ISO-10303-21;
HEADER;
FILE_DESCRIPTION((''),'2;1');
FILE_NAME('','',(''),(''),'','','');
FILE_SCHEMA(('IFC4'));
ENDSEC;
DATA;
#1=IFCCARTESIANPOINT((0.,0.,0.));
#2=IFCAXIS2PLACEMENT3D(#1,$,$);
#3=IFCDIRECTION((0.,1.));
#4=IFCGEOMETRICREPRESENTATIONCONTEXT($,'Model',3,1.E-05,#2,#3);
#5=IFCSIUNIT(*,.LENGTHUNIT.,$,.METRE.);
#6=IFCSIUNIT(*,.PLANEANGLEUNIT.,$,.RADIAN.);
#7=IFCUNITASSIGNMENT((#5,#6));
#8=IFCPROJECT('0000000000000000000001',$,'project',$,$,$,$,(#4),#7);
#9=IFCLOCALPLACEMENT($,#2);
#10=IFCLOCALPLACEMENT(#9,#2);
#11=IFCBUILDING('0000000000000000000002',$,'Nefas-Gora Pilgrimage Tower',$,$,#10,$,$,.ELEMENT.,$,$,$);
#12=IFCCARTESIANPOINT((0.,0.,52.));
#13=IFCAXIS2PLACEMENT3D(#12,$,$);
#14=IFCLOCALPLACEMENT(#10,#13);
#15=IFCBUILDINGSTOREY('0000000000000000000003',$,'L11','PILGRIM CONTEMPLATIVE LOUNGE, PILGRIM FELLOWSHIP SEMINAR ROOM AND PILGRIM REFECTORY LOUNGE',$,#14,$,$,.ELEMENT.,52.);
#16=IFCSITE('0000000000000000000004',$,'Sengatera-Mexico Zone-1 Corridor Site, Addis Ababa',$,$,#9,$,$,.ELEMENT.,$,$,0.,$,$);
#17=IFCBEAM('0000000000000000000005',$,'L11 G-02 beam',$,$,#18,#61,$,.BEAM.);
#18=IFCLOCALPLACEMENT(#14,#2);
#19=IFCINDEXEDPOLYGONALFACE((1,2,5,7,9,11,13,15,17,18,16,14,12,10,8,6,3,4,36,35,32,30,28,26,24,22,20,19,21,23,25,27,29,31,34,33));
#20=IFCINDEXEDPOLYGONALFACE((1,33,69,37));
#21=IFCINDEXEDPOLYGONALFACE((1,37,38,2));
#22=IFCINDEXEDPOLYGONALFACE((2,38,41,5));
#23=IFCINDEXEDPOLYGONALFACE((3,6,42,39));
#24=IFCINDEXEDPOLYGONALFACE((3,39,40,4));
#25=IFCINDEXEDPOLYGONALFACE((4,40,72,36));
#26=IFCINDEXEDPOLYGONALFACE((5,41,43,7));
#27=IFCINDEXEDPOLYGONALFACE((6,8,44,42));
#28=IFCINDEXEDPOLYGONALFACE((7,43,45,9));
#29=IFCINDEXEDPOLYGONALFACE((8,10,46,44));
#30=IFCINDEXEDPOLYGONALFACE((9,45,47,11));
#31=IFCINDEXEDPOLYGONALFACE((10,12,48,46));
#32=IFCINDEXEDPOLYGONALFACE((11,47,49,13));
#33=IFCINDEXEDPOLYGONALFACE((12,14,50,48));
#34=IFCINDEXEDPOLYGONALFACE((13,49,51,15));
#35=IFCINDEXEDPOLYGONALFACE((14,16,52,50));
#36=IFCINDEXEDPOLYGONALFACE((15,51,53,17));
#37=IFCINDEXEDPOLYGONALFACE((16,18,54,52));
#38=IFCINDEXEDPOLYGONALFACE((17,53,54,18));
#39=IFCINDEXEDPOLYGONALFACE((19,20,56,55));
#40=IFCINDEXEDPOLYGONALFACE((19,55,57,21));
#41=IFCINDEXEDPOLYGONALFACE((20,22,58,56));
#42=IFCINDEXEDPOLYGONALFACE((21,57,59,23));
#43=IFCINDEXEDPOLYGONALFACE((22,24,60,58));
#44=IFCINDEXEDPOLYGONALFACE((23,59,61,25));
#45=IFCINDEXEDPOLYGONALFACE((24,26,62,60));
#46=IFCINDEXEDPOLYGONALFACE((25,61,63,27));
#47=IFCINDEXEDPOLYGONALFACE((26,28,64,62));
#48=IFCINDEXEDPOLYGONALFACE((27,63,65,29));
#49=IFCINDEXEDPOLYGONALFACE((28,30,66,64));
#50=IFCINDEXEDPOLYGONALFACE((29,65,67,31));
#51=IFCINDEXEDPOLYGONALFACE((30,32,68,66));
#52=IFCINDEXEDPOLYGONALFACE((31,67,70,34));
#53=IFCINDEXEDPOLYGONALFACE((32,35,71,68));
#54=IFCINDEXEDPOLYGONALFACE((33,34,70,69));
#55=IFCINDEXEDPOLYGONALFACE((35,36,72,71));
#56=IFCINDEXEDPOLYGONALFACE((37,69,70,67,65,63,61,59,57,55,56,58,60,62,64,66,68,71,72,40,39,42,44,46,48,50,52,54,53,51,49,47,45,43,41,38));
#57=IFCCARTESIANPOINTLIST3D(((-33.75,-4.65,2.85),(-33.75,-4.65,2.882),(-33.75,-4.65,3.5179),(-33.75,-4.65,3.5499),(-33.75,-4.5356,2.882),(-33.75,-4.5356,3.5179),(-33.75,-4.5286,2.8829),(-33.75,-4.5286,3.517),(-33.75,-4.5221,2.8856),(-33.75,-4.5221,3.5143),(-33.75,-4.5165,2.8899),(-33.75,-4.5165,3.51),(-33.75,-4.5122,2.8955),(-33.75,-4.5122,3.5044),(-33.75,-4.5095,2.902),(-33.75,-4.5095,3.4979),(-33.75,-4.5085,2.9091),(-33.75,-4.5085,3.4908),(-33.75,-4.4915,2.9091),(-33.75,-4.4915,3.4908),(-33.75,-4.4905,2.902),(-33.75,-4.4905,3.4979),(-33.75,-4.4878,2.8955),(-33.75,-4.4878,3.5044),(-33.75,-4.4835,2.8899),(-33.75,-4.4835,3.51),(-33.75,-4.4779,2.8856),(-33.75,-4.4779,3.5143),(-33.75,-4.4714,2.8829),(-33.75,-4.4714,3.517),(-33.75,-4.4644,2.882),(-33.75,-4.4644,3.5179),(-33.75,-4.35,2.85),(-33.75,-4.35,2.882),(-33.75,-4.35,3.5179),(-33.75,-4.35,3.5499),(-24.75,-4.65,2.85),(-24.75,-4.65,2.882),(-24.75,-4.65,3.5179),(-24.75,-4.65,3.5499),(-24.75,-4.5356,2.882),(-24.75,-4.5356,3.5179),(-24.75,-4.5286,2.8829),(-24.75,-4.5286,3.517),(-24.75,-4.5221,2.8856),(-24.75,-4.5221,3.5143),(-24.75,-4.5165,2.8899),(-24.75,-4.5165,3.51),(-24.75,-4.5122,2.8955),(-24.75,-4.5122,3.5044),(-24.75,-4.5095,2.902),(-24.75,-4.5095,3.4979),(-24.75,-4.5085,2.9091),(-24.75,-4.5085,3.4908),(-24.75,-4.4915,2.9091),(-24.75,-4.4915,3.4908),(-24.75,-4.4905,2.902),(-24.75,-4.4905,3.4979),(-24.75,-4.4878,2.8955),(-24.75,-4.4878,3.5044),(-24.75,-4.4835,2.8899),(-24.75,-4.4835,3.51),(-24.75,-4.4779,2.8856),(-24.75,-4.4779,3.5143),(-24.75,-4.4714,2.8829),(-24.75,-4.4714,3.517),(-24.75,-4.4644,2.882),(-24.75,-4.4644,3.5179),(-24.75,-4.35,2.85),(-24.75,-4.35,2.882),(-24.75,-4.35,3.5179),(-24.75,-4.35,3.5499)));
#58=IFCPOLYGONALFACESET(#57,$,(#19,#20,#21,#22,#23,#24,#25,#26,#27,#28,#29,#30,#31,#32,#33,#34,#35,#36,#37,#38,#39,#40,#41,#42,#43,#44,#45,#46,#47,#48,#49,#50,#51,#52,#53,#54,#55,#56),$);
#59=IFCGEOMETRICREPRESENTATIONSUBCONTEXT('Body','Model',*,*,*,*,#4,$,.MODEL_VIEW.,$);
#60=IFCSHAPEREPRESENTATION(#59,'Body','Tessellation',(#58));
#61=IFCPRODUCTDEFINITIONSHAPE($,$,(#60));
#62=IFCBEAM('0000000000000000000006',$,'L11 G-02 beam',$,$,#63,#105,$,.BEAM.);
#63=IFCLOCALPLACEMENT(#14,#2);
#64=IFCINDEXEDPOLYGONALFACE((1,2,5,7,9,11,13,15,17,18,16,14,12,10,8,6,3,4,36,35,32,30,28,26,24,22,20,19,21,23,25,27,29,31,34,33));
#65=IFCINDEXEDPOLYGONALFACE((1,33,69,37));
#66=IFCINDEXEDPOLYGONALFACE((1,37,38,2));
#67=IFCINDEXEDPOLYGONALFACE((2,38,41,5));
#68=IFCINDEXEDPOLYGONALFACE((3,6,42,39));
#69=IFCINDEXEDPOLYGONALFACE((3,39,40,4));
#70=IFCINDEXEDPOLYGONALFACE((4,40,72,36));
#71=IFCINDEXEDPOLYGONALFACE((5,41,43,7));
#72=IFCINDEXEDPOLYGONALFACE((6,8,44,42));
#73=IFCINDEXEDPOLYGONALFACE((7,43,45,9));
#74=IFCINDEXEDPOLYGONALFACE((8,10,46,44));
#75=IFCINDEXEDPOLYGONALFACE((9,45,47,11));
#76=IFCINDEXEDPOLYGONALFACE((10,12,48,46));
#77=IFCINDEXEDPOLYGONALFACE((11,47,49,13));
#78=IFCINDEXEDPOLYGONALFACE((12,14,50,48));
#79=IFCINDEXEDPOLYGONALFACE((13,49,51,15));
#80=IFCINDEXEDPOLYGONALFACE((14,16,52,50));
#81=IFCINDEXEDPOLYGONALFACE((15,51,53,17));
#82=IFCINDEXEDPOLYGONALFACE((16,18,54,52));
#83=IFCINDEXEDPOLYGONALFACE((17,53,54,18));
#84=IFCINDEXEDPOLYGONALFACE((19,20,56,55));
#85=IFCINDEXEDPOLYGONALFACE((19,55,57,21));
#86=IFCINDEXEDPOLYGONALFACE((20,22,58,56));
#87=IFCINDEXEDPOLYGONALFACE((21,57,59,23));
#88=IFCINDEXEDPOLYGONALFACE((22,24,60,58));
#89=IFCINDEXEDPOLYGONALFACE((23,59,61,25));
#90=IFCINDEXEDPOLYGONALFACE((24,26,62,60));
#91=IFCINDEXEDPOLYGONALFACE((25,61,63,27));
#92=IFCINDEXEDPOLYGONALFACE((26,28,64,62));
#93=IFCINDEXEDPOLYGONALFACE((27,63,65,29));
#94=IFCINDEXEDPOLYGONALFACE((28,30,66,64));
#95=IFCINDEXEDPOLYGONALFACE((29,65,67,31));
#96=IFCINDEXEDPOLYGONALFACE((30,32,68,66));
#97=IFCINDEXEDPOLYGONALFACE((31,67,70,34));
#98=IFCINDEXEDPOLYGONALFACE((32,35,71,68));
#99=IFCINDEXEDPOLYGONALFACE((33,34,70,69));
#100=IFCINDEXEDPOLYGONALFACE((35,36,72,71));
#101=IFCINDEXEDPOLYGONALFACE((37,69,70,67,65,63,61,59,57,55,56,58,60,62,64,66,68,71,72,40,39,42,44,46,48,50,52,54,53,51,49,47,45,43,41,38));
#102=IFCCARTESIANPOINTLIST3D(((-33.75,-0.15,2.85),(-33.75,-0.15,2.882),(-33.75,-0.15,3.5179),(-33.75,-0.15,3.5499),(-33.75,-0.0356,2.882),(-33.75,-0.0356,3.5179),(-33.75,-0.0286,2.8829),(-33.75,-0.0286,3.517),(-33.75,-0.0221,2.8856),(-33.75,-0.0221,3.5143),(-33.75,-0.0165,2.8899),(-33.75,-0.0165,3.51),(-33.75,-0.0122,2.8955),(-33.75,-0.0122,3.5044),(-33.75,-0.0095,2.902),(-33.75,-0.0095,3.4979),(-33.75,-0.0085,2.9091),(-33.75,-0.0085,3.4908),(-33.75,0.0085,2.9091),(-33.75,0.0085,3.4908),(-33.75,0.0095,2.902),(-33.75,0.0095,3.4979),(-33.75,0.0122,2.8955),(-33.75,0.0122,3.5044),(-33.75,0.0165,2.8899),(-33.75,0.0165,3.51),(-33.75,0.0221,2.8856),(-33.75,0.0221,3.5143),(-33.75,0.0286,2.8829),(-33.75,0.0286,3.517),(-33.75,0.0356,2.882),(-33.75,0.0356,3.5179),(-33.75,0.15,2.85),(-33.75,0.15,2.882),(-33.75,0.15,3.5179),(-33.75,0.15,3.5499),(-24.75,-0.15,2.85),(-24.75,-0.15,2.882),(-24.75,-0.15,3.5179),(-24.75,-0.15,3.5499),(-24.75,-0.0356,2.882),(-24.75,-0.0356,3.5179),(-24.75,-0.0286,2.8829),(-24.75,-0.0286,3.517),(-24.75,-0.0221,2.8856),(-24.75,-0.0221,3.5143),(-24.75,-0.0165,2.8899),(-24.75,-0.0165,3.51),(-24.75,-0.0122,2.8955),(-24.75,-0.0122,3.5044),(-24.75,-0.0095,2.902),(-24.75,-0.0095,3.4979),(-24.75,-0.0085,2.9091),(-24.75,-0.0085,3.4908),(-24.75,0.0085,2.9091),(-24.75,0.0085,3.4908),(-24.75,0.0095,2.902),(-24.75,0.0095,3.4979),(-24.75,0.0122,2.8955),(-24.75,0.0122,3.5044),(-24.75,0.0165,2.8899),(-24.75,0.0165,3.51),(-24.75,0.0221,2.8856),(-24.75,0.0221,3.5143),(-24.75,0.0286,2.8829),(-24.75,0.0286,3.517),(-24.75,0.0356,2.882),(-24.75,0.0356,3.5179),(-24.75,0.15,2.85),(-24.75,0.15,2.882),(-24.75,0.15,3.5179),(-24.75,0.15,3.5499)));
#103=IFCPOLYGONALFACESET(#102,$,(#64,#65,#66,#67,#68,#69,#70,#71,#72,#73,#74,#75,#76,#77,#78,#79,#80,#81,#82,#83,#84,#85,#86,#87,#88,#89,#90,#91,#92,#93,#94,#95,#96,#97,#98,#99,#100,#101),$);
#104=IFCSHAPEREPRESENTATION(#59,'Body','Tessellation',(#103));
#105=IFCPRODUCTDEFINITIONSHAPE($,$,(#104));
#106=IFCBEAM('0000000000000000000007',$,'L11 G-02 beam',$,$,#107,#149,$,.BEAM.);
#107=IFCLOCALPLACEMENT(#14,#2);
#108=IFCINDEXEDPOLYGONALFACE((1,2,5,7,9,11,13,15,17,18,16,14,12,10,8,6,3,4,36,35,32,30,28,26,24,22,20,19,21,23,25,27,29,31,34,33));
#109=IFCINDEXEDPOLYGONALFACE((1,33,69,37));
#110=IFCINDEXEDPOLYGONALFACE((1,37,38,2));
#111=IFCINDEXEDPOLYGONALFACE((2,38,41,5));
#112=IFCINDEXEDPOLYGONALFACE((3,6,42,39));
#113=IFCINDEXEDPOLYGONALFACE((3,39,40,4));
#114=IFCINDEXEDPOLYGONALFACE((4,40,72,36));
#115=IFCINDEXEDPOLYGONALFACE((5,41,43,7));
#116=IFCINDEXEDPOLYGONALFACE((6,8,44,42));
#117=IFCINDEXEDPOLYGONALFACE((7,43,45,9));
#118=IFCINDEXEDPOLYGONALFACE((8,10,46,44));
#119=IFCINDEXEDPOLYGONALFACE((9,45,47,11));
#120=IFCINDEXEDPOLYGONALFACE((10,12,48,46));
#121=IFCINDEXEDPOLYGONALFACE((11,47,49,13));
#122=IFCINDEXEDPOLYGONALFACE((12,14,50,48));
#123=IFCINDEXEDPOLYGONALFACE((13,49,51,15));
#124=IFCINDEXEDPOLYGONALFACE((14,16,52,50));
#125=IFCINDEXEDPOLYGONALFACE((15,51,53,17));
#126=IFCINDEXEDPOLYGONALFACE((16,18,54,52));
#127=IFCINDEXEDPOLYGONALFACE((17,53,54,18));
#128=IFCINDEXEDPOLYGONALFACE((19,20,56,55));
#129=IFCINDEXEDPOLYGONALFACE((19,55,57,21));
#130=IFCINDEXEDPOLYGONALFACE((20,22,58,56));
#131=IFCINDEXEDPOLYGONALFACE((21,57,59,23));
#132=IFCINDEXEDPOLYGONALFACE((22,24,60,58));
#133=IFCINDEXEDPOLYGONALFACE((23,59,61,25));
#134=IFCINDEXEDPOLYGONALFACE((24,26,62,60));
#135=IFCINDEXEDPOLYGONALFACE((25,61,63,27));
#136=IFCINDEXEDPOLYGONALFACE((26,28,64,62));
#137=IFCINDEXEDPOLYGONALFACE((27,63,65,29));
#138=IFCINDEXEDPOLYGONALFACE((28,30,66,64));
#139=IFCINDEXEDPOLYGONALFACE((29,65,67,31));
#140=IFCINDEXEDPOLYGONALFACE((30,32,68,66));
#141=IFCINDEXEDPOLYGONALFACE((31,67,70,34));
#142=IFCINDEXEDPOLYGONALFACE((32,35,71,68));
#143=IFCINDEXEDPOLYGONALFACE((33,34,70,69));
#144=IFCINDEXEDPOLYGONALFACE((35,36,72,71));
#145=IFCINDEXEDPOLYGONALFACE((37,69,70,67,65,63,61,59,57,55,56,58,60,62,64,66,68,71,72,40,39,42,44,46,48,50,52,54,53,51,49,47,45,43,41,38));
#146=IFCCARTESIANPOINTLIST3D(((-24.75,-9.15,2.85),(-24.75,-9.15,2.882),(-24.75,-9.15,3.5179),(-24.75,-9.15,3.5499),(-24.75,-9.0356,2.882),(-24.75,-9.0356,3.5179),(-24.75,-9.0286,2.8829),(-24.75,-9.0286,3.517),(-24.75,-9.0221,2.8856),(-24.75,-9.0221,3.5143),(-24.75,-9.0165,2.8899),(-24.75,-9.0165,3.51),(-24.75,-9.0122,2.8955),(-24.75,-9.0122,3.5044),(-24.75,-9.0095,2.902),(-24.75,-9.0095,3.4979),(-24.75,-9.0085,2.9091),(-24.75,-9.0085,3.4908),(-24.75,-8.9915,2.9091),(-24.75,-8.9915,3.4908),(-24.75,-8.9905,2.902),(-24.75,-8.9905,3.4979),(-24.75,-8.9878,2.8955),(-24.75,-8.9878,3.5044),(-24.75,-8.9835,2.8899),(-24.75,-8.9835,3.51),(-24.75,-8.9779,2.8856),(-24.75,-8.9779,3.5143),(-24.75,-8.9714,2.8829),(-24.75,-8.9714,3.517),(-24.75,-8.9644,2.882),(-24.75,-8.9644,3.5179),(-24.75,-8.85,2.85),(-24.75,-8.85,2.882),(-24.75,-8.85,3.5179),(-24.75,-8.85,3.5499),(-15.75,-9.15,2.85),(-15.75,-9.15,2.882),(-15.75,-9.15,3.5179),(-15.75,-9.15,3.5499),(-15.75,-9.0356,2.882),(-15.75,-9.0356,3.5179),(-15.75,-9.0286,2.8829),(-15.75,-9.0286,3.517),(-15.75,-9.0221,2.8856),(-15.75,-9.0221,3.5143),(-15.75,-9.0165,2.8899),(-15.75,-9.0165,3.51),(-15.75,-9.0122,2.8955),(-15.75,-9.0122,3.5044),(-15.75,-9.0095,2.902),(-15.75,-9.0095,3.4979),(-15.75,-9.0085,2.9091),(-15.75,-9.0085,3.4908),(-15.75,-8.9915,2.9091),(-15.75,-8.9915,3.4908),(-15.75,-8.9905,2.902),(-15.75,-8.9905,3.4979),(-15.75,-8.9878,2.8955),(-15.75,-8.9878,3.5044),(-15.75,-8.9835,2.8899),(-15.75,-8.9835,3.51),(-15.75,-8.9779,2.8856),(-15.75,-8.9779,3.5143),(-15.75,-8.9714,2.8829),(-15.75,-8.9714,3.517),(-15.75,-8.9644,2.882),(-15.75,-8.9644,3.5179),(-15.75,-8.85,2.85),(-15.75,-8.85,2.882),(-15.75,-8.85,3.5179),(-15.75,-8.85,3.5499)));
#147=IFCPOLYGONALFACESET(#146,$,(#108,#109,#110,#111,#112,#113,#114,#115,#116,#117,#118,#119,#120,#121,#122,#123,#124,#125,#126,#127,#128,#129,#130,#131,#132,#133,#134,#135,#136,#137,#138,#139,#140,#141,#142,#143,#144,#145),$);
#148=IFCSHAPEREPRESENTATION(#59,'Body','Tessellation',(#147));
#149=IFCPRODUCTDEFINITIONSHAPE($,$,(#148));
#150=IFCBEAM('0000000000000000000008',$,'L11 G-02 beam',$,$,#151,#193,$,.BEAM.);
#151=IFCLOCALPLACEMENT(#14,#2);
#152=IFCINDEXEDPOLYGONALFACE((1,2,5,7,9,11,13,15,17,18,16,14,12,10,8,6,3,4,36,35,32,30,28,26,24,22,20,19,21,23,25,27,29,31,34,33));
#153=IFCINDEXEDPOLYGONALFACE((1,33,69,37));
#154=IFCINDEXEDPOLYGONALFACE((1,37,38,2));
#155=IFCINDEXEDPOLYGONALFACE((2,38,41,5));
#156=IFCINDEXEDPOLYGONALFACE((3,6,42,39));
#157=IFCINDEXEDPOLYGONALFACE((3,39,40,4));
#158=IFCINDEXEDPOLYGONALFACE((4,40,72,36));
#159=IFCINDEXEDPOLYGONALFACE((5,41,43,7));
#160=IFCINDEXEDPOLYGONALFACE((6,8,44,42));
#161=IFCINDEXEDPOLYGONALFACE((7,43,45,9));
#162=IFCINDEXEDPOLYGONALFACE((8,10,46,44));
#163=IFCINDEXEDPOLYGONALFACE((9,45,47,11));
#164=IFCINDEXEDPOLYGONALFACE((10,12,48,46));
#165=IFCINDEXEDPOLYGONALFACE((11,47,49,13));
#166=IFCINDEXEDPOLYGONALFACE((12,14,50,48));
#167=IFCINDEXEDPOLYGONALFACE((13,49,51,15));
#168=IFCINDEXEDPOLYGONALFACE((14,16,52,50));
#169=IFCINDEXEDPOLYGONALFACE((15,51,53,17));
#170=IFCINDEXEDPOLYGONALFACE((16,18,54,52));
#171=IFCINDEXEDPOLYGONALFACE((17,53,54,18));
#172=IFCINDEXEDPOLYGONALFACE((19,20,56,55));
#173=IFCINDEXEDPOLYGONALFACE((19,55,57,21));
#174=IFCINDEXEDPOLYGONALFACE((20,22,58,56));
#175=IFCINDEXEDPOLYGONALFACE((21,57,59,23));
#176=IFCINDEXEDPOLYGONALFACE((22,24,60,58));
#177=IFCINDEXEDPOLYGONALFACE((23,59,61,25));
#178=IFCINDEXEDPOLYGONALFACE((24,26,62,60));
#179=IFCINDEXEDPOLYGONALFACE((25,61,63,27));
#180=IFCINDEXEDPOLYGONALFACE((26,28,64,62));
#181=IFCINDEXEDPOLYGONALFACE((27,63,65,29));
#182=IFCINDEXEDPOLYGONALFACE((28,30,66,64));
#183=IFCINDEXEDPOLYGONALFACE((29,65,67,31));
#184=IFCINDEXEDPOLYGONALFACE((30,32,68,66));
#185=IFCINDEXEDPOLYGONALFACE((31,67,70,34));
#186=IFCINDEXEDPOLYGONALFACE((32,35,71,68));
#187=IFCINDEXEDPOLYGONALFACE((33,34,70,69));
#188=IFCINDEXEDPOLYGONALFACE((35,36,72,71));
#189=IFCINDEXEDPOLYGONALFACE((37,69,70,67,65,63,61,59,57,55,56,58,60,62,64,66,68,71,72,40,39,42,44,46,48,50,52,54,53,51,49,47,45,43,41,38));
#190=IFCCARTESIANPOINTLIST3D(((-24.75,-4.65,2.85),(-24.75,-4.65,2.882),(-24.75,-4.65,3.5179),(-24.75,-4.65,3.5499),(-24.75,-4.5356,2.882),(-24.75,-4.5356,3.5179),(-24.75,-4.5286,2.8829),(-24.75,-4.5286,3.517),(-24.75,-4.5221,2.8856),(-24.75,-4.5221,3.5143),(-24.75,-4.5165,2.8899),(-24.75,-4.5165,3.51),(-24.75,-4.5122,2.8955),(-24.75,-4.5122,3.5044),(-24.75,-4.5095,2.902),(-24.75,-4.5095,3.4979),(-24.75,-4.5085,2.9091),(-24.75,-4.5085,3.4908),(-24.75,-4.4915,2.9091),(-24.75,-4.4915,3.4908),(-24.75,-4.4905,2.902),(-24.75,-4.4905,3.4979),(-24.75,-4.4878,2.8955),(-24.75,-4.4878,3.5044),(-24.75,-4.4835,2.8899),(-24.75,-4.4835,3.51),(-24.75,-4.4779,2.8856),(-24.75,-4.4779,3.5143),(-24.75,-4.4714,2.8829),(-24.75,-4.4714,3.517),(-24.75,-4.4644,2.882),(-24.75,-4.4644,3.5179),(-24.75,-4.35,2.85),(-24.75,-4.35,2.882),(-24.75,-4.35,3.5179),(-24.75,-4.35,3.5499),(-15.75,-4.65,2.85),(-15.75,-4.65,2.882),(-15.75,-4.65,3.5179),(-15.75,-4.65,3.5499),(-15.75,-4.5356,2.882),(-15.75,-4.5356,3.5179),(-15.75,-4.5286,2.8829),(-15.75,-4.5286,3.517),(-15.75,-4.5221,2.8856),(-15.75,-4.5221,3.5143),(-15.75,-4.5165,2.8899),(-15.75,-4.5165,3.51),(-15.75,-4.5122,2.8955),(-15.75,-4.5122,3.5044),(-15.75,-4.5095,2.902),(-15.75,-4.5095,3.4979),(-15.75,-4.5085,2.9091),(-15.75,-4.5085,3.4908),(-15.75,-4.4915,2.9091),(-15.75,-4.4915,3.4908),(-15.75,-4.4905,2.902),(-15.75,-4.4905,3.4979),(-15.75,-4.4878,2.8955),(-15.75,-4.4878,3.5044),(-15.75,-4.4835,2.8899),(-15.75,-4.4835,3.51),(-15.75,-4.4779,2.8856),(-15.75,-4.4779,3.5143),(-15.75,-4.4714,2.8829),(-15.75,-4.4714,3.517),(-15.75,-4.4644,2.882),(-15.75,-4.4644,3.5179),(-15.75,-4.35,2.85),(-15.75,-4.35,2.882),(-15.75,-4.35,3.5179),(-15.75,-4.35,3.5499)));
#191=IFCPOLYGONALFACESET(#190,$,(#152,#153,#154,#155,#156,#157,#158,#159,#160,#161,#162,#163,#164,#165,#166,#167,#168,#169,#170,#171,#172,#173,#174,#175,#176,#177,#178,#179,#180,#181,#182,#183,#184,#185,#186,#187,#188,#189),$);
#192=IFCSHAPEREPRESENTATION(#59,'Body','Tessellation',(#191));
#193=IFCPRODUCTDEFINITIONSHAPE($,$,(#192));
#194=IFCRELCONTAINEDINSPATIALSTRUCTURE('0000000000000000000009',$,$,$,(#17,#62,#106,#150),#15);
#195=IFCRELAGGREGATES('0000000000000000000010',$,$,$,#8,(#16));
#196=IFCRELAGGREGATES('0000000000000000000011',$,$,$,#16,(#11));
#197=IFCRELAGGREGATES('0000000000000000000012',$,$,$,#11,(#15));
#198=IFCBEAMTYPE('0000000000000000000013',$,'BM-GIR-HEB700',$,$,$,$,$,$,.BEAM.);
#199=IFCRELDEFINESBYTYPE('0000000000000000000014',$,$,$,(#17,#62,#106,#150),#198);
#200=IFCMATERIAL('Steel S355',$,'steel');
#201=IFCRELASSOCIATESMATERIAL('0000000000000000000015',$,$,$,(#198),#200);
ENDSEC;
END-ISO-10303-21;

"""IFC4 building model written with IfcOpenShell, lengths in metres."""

from ifc_helpers import new_model, si_unit, direction, frame, origin, origin_2d, place, context, subcontext, project, spatial, i_section, extrude, source, transform, mapped, material, material_profile, profile_set, type_object, element, save


model = new_model("IFC4")

# Units and contexts
model_context = context("Model", 3, precision=1e-05, world=origin(), true_north=direction((0.0, 1.0)))
body_context = subcontext(model_context, "Body", "Model", "MODEL_VIEW")
ifc_project = project(units=[si_unit("LENGTHUNIT", "METRE"), si_unit("PLANEANGLEUNIT", "RADIAN")], contexts=[model_context])

# Site, building, storey
site_placement = place(None, origin())
site = spatial("IfcSite", under=ifc_project, at=site_placement, Name="Sengatera-Mexico Zone-1 Corridor Site, Addis Ababa", CompositionType="ELEMENT", RefElevation=0.0)
building_placement = place(site_placement, origin())
building = spatial("IfcBuilding", under=site, at=building_placement, Name="Nefas-Gora Pilgrimage Tower", CompositionType="ELEMENT")
storey_placement = place(building_placement, frame((0.0, 0.0, 52.0)))
storey = spatial("IfcBuildingStorey", under=building, at=storey_placement, Name="L11", Description="PILGRIM CONTEMPLATIVE LOUNGE, PILGRIM FELLOWSHIP SEMINAR ROOM AND PILGRIM REFECTORY LOUNGE", CompositionType="ELEMENT", Elevation=52.0)

# Beams
ifc_material_1 = material(Name="Steel S355", Category="steel")
ifc_material_profile_1 = material_profile(ifc_material_1, i_section(OverallWidth=0.3, OverallDepth=0.7, WebThickness=0.0171, FlangeThickness=0.032, FilletRadius=0.0271, at=origin_2d()), Name="HEB 700")
ifc_profile_set_1 = profile_set([ifc_material_profile_1], Name="Steel S355")
beam_type_1 = type_object("IfcBeamType", Name="BM-GIR-HEB700", PredefinedType="BEAM", material=ifc_profile_set_1)
shared_shape_1 = source(origin(), body_context, "Body", "SweptSolid", [
    extrude(i_section(OverallWidth=0.3, OverallDepth=0.7, WebThickness=0.0171, FlangeThickness=0.032, FilletRadius=0.0271, at=origin_2d()), origin(), (0.0, 0.0, 1.0), 9.0),
])
for number, where, z_axis, x_axis, name in (
    (1, (-33.75, -4.5, 3.2), (1.0, 0.0, 0.0), (0.0, 1.0, 0.0), "L11 G-02 beam"),
    (2, (-33.75, 0.0, 3.2), (1.0, 0.0, 0.0), (0.0, 1.0, 0.0), "L11 G-02 beam"),
    (3, (-24.75, -9.0, 3.2), (1.0, 0.0, 0.0), (0.0, 1.0, 0.0), "L11 G-02 beam"),
    (4, (-24.75, -4.5, 3.2), (1.0, 0.0, 0.0), (0.0, 1.0, 0.0), "L11 G-02 beam"),
):
    element("IfcBeam", number, at=place(storey_placement, frame(where, z_axis=z_axis, x_axis=x_axis)), inside=storey, type_object=beam_type_1, Name=name, PredefinedType="BEAM", context=body_context, shape_type="MappedRepresentation", body=[
        mapped(shared_shape_1, transform((0.0, 0.0, 0.0), x_axis=(1.0, 0.0, 0.0), y_axis=(0.0, 1.0, 0.0), z_axis=(0.0, 0.0, 1.0), scale=1.0)),
    ])

save(model, "model.ifc")
